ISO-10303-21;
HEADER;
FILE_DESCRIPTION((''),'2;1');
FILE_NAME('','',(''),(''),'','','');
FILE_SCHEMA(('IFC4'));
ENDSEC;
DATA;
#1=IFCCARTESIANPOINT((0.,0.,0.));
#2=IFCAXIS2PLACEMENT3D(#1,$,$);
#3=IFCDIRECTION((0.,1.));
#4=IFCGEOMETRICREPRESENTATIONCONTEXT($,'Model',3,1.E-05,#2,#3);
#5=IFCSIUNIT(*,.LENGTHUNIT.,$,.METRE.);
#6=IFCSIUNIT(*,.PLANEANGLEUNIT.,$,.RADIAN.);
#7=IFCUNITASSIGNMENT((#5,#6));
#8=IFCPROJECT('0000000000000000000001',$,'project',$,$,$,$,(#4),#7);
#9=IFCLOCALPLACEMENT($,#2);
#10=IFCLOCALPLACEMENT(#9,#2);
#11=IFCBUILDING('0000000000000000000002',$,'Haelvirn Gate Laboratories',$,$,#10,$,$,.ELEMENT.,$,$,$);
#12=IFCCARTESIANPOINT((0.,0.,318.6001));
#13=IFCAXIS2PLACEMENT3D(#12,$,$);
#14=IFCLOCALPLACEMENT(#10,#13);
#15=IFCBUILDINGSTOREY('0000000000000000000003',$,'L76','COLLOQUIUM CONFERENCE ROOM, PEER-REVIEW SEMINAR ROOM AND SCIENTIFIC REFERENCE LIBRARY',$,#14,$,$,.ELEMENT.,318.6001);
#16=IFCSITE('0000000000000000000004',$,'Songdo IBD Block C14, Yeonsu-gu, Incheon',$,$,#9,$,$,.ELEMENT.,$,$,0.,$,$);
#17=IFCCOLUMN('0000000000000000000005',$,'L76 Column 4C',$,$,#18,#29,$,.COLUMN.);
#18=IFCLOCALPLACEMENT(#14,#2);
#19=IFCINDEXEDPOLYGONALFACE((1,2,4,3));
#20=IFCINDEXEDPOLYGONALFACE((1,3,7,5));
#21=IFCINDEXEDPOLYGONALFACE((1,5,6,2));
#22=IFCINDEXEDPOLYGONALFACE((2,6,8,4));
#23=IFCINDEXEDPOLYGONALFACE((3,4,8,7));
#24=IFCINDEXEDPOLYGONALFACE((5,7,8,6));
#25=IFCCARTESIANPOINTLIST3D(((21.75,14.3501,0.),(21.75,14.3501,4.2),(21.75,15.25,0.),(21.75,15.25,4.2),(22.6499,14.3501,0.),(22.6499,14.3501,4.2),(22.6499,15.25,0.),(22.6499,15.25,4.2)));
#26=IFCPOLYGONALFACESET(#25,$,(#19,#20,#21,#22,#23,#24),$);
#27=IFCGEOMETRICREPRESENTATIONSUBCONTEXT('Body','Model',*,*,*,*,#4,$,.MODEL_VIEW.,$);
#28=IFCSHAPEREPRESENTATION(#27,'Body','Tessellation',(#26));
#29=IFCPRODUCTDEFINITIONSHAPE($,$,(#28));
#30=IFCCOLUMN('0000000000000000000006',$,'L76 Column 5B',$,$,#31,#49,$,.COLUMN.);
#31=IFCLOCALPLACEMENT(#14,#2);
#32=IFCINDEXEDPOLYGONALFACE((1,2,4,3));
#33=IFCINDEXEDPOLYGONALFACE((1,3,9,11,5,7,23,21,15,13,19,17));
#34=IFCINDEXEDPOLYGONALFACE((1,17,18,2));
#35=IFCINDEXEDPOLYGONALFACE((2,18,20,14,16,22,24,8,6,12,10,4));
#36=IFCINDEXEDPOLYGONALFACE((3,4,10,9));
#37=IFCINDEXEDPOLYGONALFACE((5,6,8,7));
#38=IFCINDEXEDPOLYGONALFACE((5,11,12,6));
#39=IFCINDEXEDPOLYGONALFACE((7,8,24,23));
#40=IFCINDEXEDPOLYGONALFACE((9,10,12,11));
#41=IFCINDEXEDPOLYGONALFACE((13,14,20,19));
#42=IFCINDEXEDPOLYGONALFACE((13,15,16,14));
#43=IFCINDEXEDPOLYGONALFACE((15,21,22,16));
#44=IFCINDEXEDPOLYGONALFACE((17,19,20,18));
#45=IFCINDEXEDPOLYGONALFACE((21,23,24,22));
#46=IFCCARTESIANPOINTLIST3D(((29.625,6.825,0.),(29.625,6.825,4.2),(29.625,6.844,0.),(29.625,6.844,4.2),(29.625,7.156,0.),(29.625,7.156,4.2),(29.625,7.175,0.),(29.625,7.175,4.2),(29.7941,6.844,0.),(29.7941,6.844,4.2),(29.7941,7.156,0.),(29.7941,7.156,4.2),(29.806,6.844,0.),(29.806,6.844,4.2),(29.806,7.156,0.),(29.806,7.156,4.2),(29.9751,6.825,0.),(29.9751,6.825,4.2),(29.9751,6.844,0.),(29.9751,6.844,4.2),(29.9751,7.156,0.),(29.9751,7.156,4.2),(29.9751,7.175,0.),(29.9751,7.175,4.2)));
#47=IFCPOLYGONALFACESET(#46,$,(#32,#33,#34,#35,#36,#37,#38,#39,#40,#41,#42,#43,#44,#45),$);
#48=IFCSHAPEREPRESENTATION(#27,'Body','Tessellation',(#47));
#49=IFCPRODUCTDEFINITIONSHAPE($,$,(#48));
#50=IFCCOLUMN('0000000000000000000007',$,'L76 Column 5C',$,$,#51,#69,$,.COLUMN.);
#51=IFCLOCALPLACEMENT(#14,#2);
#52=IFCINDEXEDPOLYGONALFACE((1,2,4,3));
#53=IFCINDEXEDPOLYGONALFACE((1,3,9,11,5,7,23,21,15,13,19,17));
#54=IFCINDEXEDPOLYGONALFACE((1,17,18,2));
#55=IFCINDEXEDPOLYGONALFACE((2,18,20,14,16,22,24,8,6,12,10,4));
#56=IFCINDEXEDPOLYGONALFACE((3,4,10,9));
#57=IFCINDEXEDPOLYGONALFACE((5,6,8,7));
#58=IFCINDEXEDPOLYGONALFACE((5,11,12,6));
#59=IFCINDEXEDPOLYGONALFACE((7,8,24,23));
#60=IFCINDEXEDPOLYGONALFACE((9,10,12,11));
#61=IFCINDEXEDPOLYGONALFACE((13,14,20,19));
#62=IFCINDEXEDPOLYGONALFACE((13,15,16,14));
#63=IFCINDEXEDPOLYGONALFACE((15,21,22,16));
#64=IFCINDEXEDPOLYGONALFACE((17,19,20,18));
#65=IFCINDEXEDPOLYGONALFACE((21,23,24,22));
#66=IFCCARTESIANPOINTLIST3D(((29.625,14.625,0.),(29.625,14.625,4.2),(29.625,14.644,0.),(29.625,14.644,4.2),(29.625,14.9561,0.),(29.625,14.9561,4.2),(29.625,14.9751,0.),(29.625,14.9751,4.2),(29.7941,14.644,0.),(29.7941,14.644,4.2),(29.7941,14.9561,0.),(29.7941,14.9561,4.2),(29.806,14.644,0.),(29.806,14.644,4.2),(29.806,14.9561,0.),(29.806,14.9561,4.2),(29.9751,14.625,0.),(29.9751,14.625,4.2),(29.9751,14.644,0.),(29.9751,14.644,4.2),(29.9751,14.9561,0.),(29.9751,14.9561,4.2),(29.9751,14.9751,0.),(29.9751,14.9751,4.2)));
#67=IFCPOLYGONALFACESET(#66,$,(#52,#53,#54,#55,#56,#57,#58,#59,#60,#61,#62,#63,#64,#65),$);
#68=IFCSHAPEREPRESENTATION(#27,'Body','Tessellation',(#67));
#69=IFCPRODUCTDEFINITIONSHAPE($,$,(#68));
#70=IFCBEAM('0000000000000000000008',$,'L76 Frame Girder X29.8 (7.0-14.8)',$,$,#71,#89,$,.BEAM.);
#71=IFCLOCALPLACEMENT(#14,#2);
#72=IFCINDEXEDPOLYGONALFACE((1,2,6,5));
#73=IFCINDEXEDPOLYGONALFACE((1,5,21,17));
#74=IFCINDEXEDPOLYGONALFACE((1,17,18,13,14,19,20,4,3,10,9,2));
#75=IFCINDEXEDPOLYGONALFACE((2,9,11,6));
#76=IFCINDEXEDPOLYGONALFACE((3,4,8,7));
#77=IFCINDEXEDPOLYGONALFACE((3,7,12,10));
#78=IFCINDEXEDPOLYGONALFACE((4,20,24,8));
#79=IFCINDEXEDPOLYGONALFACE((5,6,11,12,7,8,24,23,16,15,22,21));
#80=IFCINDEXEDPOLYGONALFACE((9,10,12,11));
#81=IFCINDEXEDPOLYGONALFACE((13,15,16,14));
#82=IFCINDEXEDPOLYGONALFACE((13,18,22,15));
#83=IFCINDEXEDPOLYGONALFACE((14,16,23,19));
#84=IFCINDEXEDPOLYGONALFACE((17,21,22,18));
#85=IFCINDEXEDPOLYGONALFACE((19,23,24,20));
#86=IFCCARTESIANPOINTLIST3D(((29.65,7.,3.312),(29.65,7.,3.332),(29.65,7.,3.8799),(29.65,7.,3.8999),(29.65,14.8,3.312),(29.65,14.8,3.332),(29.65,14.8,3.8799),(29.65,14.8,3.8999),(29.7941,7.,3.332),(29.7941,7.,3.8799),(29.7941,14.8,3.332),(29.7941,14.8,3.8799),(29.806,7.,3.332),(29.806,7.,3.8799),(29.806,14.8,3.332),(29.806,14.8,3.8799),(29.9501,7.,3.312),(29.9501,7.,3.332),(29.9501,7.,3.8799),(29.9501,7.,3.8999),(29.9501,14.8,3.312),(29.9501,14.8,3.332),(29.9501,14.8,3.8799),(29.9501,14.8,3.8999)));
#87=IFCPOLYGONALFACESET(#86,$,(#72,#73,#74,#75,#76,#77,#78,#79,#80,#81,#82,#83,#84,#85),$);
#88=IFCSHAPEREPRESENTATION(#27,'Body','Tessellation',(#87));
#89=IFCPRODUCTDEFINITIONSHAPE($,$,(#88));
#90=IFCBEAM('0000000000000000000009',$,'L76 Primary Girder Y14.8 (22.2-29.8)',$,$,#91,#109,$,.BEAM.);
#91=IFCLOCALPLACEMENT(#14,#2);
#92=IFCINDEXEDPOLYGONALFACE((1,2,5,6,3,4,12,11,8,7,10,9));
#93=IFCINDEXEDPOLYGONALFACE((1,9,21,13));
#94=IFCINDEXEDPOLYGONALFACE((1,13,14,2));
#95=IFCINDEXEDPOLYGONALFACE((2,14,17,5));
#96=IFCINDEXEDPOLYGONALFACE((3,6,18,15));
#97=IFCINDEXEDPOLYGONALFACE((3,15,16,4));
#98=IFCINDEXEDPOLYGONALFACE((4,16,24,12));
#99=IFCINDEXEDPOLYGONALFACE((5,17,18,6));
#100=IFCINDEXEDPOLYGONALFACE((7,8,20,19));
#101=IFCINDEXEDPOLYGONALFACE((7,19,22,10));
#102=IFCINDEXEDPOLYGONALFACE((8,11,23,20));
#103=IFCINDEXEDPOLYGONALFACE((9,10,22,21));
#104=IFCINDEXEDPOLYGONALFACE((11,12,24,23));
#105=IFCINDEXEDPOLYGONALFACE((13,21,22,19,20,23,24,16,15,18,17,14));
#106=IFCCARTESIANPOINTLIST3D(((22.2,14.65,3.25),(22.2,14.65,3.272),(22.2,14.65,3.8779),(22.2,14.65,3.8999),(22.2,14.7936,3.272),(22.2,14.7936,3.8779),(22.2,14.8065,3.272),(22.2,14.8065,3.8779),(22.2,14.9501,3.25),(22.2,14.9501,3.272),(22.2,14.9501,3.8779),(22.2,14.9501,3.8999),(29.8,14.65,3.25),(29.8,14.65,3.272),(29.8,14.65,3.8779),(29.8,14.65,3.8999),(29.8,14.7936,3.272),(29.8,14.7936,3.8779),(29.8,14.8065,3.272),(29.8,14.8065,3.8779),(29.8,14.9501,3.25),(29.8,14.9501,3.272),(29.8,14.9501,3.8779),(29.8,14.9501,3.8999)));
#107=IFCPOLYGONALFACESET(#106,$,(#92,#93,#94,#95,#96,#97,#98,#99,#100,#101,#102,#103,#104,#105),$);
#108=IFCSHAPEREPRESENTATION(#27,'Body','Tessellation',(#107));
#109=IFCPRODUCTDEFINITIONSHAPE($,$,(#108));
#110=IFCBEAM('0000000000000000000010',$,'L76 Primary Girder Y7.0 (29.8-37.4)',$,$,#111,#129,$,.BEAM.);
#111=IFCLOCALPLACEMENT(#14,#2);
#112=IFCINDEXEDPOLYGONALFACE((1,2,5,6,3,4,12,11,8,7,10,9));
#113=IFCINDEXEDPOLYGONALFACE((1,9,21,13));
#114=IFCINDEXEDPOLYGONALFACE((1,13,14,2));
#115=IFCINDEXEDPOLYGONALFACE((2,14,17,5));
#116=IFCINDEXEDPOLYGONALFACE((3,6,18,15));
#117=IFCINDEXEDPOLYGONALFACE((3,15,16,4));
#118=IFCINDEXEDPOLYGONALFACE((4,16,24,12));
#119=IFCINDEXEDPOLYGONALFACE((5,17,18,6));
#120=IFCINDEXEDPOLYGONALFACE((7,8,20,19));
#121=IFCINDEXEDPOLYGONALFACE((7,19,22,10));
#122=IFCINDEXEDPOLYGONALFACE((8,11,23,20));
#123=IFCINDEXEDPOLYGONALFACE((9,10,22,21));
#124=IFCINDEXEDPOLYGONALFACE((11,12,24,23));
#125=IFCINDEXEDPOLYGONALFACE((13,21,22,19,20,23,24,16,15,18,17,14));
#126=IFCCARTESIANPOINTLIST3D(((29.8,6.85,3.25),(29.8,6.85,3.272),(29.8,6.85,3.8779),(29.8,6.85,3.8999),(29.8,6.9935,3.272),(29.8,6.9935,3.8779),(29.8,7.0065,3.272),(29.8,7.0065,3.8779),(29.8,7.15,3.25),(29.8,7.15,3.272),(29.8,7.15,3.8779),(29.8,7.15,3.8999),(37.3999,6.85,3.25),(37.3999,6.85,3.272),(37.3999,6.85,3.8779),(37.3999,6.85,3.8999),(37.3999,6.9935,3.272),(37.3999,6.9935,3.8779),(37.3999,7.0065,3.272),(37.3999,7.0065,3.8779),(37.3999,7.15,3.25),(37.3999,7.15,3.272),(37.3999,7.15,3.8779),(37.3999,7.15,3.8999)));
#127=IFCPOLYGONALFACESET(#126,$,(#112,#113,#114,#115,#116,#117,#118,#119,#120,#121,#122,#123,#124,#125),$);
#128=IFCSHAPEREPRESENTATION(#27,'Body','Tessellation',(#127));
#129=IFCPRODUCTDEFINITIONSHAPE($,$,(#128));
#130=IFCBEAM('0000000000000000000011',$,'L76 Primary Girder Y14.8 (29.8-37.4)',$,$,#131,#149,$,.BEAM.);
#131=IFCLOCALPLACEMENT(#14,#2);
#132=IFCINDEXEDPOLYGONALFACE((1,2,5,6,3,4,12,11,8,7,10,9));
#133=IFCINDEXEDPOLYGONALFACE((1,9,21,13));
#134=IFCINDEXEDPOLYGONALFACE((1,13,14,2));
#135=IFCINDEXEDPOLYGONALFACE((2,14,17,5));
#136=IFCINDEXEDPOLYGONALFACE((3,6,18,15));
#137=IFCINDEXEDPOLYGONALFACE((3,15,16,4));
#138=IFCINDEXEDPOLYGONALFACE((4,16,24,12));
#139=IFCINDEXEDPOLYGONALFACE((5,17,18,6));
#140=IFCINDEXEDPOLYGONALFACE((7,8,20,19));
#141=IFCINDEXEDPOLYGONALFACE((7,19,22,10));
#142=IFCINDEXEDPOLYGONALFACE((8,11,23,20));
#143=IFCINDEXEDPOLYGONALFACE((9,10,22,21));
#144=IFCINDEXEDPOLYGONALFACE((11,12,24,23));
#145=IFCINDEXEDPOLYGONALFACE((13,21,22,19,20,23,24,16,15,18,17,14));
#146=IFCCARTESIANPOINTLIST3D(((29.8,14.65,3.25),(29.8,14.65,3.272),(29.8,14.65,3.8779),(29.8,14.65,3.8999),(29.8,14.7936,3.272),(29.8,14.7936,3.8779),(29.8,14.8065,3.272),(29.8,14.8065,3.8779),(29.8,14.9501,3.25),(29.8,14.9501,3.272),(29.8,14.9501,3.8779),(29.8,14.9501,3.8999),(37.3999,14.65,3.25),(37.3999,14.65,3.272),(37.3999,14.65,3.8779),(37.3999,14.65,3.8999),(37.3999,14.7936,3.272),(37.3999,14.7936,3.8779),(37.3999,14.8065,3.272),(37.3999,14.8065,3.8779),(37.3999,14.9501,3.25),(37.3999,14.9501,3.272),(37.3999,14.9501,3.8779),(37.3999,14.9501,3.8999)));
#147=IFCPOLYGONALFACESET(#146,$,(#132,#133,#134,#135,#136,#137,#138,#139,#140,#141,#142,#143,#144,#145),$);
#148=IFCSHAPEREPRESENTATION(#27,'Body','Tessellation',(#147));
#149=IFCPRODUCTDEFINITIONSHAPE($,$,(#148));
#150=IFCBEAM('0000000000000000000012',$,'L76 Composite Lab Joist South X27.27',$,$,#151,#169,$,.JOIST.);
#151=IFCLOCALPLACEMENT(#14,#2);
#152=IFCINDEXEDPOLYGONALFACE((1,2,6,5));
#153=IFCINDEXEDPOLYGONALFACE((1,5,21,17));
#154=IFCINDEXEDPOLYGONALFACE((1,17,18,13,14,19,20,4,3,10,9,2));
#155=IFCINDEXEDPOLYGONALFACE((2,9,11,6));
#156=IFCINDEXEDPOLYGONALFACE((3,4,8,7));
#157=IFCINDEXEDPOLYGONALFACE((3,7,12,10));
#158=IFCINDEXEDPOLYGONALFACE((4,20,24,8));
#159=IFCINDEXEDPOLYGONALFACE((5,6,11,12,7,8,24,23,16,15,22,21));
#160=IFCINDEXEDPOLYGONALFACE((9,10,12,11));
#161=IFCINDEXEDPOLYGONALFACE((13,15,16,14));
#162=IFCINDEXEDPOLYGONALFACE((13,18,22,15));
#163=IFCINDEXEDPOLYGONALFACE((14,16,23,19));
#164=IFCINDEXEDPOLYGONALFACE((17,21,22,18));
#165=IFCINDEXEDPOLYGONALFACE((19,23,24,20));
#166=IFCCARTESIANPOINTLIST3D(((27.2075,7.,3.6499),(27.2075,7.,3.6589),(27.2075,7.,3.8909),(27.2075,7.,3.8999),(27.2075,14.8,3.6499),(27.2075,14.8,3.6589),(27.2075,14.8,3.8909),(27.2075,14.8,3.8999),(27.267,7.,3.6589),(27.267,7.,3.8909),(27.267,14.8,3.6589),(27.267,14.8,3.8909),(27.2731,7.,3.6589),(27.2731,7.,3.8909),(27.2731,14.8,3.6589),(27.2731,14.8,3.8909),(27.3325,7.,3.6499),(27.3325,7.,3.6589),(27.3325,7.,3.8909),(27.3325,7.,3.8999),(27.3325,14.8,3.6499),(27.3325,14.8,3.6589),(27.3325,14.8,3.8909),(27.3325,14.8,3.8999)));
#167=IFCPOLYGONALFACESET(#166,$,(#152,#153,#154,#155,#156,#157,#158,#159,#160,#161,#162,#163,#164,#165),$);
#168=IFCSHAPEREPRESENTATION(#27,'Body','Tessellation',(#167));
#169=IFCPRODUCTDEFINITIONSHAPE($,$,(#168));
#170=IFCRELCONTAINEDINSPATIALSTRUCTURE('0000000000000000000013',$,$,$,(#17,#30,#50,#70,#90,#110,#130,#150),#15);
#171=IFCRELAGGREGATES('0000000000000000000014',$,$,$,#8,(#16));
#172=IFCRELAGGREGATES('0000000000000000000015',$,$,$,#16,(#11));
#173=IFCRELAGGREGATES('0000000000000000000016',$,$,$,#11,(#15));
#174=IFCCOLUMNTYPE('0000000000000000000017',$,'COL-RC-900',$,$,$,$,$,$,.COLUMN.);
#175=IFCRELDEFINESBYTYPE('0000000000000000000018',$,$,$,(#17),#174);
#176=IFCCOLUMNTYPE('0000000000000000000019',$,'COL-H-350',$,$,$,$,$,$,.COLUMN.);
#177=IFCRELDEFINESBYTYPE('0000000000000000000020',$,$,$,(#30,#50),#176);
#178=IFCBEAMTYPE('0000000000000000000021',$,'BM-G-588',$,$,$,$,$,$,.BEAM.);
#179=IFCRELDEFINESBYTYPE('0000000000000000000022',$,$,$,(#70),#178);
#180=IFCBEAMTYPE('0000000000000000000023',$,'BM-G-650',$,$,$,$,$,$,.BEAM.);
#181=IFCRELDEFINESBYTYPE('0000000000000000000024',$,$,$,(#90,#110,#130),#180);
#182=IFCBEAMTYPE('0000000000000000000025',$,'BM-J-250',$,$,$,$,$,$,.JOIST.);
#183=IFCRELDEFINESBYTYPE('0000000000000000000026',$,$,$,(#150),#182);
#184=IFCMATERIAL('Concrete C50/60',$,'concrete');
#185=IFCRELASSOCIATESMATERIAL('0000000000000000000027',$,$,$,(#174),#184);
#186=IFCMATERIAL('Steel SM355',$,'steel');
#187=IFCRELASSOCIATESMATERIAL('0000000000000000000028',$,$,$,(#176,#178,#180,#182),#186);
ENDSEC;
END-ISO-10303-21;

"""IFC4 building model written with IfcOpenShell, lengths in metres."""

from ifc_helpers import new_model, si_unit, direction, frame, origin, origin_2d, place, context, subcontext, project, spatial, rectangle, i_section, extrude, source, transform, mapped, material, material_profile, profile_set, type_object, type_shapes, element, save


model = new_model("IFC4")

# Units and contexts
model_context = context("Model", 3, precision=1e-05, world=origin(), true_north=direction((0.0, 1.0)))
body_context = subcontext(model_context, "Body", "Model", "MODEL_VIEW")
ifc_project = project(units=[si_unit("LENGTHUNIT", "METRE"), si_unit("PLANEANGLEUNIT", "RADIAN")], contexts=[model_context])

# Site, building, storey
site_placement = place(None, origin())
site = spatial("IfcSite", under=ifc_project, at=site_placement, Name="Songdo IBD Block C14, Yeonsu-gu, Incheon", CompositionType="ELEMENT", RefElevation=0.0)
building_placement = place(site_placement, origin())
building = spatial("IfcBuilding", under=site, at=building_placement, Name="Haelvirn Gate Laboratories", CompositionType="ELEMENT")
storey_placement = place(building_placement, frame((0.0, 0.0, 318.6001)))
storey = spatial("IfcBuildingStorey", under=building, at=storey_placement, Name="L76", Description="COLLOQUIUM CONFERENCE ROOM, PEER-REVIEW SEMINAR ROOM AND SCIENTIFIC REFERENCE LIBRARY", CompositionType="ELEMENT", Elevation=318.6001)

# Columns
ifc_material_1 = material(Name="Concrete C50/60", Category="concrete")
ifc_material_profile_1 = material_profile(ifc_material_1, rectangle(XDim=0.8999, YDim=0.8999, at=origin_2d()), Name="RC-900x900")
ifc_profile_set_1 = profile_set([ifc_material_profile_1], Name="Concrete C50/60")
column_type_1 = type_object("IfcColumnType", Name="COL-RC-900", PredefinedType="COLUMN", material=ifc_profile_set_1)
shared_shape_1 = source(origin(), body_context, "Body", "SweptSolid", [
    extrude(rectangle(XDim=0.8999, YDim=0.8999, at=origin_2d()), origin(), (0.0, 0.0, 1.0), 4.2),
])
type_shapes(column_type_1, [shared_shape_1])
column_placement = place(storey_placement, frame((22.2, 14.8, 0.0), z_axis=(0.0, 0.0, 1.0), x_axis=(1.0, 0.0, 0.0)))
element("IfcColumn", 1, at=column_placement, inside=storey, type_object=column_type_1, Name="L76 Column 4C", PredefinedType="COLUMN", context=body_context, shape_type="MappedRepresentation", body=[
    mapped(shared_shape_1, transform((0.0, 0.0, 0.0), scale=1.0)),
])
ifc_material_2 = material(Name="Steel SM355", Category="steel")
ifc_material_profile_2 = material_profile(ifc_material_2, i_section(OverallWidth=0.3501, OverallDepth=0.3501, WebThickness=0.012, FlangeThickness=0.019, at=origin_2d()), Name="H-350x350x12x19")
ifc_profile_set_2 = profile_set([ifc_material_profile_2], Name="Steel SM355")
column_type_2 = type_object("IfcColumnType", Name="COL-H-350", PredefinedType="COLUMN", material=ifc_profile_set_2)
shared_shape_2 = source(origin(), body_context, "Body", "SweptSolid", [
    extrude(i_section(OverallWidth=0.3501, OverallDepth=0.3501, WebThickness=0.012, FlangeThickness=0.019, at=origin_2d()), origin(), (0.0, 0.0, 1.0), 4.2),
])
type_shapes(column_type_2, [shared_shape_2])
for number, where, z_axis, x_axis, name in (
    (2, (29.8, 7.0, 0.0), (0.0, 0.0, 1.0), (1.0, 0.0, 0.0), "L76 Column 5B"),
    (3, (29.8, 14.8, 0.0), (0.0, 0.0, 1.0), (1.0, 0.0, 0.0), "L76 Column 5C"),
):
    element("IfcColumn", number, at=place(storey_placement, frame(where, z_axis=z_axis, x_axis=x_axis)), inside=storey, type_object=column_type_2, Name=name, PredefinedType="COLUMN", context=body_context, shape_type="MappedRepresentation", body=[
        mapped(shared_shape_2, transform((0.0, 0.0, 0.0), scale=1.0)),
    ])

# Beams
ifc_material_profile_3 = material_profile(ifc_material_2, i_section(OverallWidth=0.3, OverallDepth=0.5879, WebThickness=0.012, FlangeThickness=0.02, at=origin_2d()), Name="H-588x300x12x20")
ifc_profile_set_3 = profile_set([ifc_material_profile_3], Name="Steel SM355")
beam_type_1 = type_object("IfcBeamType", Name="BM-G-588", PredefinedType="BEAM", material=ifc_profile_set_3)
shared_shape_3 = source(origin(), body_context, "Body", "SweptSolid", [
    extrude(i_section(OverallWidth=0.3, OverallDepth=0.5879, WebThickness=0.012, FlangeThickness=0.02, at=origin_2d()), origin(), (0.0, 0.0, 1.0), 7.8),
])
type_shapes(beam_type_1, [shared_shape_3])
beam_1_placement = place(storey_placement, frame((29.8, 7.0, 3.606), z_axis=(0.0, 1.0, 0.0), x_axis=(-1.0, 0.0, 0.0)))
element("IfcBeam", 4, at=beam_1_placement, inside=storey, type_object=beam_type_1, Name="L76 Frame Girder X29.8 (7.0-14.8)", PredefinedType="BEAM", context=body_context, shape_type="MappedRepresentation", body=[
    mapped(shared_shape_3, transform((0.0, 0.0, 0.0), scale=1.0)),
])
ifc_material_profile_4 = material_profile(ifc_material_2, i_section(OverallWidth=0.3, OverallDepth=0.6499, WebThickness=0.0129, FlangeThickness=0.022, at=origin_2d()), Name="H-650x300x13x22")
ifc_profile_set_4 = profile_set([ifc_material_profile_4], Name="Steel SM355")
beam_type_2 = type_object("IfcBeamType", Name="BM-G-650", PredefinedType="BEAM", material=ifc_profile_set_4)
shared_shape_4 = source(origin(), body_context, "Body", "SweptSolid", [
    extrude(i_section(OverallWidth=0.3, OverallDepth=0.6499, WebThickness=0.0129, FlangeThickness=0.022, at=origin_2d()), origin(), (0.0, 0.0, 1.0), 7.6001),
])
beam_2_placement = place(storey_placement, frame((22.2, 14.8, 3.575), z_axis=(1.0, 0.0, 0.0), x_axis=(0.0, 1.0, 0.0)))
element("IfcBeam", 5, at=beam_2_placement, inside=storey, type_object=beam_type_2, Name="L76 Primary Girder Y14.8 (22.2-29.8)", PredefinedType="BEAM", context=body_context, shape_type="MappedRepresentation", body=[
    mapped(shared_shape_4, transform((0.0, 0.0, 0.0), scale=1.0)),
])
shared_shape_5 = source(origin(), body_context, "Body", "SweptSolid", [
    extrude(i_section(OverallWidth=0.3, OverallDepth=0.6499, WebThickness=0.0129, FlangeThickness=0.022, at=origin_2d()), origin(), (0.0, 0.0, 1.0), 7.5999),
])
type_shapes(beam_type_2, [shared_shape_4, shared_shape_5])
for number, where, z_axis, x_axis, name in (
    (6, (29.8, 7.0, 3.575), (1.0, 0.0, 0.0), (0.0, 1.0, 0.0), "L76 Primary Girder Y7.0 (29.8-37.4)"),
    (7, (29.8, 14.8, 3.575), (1.0, 0.0, 0.0), (0.0, 1.0, 0.0), "L76 Primary Girder Y14.8 (29.8-37.4)"),
):
    element("IfcBeam", number, at=place(storey_placement, frame(where, z_axis=z_axis, x_axis=x_axis)), inside=storey, type_object=beam_type_2, Name=name, PredefinedType="BEAM", context=body_context, shape_type="MappedRepresentation", body=[
        mapped(shared_shape_5, transform((0.0, 0.0, 0.0), scale=1.0)),
    ])
ifc_material_profile_5 = material_profile(ifc_material_2, i_section(OverallWidth=0.125, OverallDepth=0.25, WebThickness=0.0061, FlangeThickness=0.009, at=origin_2d()), Name="H-250x125x6x9")
ifc_profile_set_5 = profile_set([ifc_material_profile_5], Name="Steel SM355")
beam_type_3 = type_object("IfcBeamType", Name="BM-J-250", PredefinedType="JOIST", material=ifc_profile_set_5)
shared_shape_6 = source(origin(), body_context, "Body", "SweptSolid", [
    extrude(i_section(OverallWidth=0.125, OverallDepth=0.25, WebThickness=0.0061, FlangeThickness=0.009, at=origin_2d()), origin(), (0.0, 0.0, 1.0), 7.8),
])
type_shapes(beam_type_3, [shared_shape_6])
for number, where, z_axis, x_axis, name in (
    (8, (27.27, 7.0, 3.7749), (0.0, 1.0, 0.0), (-1.0, 0.0, 0.0), "L76 Composite Lab Joist South X27.27"),
):
    element("IfcBeam", number, at=place(storey_placement, frame(where, z_axis=z_axis, x_axis=x_axis)), inside=storey, type_object=beam_type_3, Name=name, PredefinedType="JOIST", context=body_context, shape_type="MappedRepresentation", body=[
        mapped(shared_shape_6, transform((0.0, 0.0, 0.0), scale=1.0)),
    ])

save(model, "model.ifc")
